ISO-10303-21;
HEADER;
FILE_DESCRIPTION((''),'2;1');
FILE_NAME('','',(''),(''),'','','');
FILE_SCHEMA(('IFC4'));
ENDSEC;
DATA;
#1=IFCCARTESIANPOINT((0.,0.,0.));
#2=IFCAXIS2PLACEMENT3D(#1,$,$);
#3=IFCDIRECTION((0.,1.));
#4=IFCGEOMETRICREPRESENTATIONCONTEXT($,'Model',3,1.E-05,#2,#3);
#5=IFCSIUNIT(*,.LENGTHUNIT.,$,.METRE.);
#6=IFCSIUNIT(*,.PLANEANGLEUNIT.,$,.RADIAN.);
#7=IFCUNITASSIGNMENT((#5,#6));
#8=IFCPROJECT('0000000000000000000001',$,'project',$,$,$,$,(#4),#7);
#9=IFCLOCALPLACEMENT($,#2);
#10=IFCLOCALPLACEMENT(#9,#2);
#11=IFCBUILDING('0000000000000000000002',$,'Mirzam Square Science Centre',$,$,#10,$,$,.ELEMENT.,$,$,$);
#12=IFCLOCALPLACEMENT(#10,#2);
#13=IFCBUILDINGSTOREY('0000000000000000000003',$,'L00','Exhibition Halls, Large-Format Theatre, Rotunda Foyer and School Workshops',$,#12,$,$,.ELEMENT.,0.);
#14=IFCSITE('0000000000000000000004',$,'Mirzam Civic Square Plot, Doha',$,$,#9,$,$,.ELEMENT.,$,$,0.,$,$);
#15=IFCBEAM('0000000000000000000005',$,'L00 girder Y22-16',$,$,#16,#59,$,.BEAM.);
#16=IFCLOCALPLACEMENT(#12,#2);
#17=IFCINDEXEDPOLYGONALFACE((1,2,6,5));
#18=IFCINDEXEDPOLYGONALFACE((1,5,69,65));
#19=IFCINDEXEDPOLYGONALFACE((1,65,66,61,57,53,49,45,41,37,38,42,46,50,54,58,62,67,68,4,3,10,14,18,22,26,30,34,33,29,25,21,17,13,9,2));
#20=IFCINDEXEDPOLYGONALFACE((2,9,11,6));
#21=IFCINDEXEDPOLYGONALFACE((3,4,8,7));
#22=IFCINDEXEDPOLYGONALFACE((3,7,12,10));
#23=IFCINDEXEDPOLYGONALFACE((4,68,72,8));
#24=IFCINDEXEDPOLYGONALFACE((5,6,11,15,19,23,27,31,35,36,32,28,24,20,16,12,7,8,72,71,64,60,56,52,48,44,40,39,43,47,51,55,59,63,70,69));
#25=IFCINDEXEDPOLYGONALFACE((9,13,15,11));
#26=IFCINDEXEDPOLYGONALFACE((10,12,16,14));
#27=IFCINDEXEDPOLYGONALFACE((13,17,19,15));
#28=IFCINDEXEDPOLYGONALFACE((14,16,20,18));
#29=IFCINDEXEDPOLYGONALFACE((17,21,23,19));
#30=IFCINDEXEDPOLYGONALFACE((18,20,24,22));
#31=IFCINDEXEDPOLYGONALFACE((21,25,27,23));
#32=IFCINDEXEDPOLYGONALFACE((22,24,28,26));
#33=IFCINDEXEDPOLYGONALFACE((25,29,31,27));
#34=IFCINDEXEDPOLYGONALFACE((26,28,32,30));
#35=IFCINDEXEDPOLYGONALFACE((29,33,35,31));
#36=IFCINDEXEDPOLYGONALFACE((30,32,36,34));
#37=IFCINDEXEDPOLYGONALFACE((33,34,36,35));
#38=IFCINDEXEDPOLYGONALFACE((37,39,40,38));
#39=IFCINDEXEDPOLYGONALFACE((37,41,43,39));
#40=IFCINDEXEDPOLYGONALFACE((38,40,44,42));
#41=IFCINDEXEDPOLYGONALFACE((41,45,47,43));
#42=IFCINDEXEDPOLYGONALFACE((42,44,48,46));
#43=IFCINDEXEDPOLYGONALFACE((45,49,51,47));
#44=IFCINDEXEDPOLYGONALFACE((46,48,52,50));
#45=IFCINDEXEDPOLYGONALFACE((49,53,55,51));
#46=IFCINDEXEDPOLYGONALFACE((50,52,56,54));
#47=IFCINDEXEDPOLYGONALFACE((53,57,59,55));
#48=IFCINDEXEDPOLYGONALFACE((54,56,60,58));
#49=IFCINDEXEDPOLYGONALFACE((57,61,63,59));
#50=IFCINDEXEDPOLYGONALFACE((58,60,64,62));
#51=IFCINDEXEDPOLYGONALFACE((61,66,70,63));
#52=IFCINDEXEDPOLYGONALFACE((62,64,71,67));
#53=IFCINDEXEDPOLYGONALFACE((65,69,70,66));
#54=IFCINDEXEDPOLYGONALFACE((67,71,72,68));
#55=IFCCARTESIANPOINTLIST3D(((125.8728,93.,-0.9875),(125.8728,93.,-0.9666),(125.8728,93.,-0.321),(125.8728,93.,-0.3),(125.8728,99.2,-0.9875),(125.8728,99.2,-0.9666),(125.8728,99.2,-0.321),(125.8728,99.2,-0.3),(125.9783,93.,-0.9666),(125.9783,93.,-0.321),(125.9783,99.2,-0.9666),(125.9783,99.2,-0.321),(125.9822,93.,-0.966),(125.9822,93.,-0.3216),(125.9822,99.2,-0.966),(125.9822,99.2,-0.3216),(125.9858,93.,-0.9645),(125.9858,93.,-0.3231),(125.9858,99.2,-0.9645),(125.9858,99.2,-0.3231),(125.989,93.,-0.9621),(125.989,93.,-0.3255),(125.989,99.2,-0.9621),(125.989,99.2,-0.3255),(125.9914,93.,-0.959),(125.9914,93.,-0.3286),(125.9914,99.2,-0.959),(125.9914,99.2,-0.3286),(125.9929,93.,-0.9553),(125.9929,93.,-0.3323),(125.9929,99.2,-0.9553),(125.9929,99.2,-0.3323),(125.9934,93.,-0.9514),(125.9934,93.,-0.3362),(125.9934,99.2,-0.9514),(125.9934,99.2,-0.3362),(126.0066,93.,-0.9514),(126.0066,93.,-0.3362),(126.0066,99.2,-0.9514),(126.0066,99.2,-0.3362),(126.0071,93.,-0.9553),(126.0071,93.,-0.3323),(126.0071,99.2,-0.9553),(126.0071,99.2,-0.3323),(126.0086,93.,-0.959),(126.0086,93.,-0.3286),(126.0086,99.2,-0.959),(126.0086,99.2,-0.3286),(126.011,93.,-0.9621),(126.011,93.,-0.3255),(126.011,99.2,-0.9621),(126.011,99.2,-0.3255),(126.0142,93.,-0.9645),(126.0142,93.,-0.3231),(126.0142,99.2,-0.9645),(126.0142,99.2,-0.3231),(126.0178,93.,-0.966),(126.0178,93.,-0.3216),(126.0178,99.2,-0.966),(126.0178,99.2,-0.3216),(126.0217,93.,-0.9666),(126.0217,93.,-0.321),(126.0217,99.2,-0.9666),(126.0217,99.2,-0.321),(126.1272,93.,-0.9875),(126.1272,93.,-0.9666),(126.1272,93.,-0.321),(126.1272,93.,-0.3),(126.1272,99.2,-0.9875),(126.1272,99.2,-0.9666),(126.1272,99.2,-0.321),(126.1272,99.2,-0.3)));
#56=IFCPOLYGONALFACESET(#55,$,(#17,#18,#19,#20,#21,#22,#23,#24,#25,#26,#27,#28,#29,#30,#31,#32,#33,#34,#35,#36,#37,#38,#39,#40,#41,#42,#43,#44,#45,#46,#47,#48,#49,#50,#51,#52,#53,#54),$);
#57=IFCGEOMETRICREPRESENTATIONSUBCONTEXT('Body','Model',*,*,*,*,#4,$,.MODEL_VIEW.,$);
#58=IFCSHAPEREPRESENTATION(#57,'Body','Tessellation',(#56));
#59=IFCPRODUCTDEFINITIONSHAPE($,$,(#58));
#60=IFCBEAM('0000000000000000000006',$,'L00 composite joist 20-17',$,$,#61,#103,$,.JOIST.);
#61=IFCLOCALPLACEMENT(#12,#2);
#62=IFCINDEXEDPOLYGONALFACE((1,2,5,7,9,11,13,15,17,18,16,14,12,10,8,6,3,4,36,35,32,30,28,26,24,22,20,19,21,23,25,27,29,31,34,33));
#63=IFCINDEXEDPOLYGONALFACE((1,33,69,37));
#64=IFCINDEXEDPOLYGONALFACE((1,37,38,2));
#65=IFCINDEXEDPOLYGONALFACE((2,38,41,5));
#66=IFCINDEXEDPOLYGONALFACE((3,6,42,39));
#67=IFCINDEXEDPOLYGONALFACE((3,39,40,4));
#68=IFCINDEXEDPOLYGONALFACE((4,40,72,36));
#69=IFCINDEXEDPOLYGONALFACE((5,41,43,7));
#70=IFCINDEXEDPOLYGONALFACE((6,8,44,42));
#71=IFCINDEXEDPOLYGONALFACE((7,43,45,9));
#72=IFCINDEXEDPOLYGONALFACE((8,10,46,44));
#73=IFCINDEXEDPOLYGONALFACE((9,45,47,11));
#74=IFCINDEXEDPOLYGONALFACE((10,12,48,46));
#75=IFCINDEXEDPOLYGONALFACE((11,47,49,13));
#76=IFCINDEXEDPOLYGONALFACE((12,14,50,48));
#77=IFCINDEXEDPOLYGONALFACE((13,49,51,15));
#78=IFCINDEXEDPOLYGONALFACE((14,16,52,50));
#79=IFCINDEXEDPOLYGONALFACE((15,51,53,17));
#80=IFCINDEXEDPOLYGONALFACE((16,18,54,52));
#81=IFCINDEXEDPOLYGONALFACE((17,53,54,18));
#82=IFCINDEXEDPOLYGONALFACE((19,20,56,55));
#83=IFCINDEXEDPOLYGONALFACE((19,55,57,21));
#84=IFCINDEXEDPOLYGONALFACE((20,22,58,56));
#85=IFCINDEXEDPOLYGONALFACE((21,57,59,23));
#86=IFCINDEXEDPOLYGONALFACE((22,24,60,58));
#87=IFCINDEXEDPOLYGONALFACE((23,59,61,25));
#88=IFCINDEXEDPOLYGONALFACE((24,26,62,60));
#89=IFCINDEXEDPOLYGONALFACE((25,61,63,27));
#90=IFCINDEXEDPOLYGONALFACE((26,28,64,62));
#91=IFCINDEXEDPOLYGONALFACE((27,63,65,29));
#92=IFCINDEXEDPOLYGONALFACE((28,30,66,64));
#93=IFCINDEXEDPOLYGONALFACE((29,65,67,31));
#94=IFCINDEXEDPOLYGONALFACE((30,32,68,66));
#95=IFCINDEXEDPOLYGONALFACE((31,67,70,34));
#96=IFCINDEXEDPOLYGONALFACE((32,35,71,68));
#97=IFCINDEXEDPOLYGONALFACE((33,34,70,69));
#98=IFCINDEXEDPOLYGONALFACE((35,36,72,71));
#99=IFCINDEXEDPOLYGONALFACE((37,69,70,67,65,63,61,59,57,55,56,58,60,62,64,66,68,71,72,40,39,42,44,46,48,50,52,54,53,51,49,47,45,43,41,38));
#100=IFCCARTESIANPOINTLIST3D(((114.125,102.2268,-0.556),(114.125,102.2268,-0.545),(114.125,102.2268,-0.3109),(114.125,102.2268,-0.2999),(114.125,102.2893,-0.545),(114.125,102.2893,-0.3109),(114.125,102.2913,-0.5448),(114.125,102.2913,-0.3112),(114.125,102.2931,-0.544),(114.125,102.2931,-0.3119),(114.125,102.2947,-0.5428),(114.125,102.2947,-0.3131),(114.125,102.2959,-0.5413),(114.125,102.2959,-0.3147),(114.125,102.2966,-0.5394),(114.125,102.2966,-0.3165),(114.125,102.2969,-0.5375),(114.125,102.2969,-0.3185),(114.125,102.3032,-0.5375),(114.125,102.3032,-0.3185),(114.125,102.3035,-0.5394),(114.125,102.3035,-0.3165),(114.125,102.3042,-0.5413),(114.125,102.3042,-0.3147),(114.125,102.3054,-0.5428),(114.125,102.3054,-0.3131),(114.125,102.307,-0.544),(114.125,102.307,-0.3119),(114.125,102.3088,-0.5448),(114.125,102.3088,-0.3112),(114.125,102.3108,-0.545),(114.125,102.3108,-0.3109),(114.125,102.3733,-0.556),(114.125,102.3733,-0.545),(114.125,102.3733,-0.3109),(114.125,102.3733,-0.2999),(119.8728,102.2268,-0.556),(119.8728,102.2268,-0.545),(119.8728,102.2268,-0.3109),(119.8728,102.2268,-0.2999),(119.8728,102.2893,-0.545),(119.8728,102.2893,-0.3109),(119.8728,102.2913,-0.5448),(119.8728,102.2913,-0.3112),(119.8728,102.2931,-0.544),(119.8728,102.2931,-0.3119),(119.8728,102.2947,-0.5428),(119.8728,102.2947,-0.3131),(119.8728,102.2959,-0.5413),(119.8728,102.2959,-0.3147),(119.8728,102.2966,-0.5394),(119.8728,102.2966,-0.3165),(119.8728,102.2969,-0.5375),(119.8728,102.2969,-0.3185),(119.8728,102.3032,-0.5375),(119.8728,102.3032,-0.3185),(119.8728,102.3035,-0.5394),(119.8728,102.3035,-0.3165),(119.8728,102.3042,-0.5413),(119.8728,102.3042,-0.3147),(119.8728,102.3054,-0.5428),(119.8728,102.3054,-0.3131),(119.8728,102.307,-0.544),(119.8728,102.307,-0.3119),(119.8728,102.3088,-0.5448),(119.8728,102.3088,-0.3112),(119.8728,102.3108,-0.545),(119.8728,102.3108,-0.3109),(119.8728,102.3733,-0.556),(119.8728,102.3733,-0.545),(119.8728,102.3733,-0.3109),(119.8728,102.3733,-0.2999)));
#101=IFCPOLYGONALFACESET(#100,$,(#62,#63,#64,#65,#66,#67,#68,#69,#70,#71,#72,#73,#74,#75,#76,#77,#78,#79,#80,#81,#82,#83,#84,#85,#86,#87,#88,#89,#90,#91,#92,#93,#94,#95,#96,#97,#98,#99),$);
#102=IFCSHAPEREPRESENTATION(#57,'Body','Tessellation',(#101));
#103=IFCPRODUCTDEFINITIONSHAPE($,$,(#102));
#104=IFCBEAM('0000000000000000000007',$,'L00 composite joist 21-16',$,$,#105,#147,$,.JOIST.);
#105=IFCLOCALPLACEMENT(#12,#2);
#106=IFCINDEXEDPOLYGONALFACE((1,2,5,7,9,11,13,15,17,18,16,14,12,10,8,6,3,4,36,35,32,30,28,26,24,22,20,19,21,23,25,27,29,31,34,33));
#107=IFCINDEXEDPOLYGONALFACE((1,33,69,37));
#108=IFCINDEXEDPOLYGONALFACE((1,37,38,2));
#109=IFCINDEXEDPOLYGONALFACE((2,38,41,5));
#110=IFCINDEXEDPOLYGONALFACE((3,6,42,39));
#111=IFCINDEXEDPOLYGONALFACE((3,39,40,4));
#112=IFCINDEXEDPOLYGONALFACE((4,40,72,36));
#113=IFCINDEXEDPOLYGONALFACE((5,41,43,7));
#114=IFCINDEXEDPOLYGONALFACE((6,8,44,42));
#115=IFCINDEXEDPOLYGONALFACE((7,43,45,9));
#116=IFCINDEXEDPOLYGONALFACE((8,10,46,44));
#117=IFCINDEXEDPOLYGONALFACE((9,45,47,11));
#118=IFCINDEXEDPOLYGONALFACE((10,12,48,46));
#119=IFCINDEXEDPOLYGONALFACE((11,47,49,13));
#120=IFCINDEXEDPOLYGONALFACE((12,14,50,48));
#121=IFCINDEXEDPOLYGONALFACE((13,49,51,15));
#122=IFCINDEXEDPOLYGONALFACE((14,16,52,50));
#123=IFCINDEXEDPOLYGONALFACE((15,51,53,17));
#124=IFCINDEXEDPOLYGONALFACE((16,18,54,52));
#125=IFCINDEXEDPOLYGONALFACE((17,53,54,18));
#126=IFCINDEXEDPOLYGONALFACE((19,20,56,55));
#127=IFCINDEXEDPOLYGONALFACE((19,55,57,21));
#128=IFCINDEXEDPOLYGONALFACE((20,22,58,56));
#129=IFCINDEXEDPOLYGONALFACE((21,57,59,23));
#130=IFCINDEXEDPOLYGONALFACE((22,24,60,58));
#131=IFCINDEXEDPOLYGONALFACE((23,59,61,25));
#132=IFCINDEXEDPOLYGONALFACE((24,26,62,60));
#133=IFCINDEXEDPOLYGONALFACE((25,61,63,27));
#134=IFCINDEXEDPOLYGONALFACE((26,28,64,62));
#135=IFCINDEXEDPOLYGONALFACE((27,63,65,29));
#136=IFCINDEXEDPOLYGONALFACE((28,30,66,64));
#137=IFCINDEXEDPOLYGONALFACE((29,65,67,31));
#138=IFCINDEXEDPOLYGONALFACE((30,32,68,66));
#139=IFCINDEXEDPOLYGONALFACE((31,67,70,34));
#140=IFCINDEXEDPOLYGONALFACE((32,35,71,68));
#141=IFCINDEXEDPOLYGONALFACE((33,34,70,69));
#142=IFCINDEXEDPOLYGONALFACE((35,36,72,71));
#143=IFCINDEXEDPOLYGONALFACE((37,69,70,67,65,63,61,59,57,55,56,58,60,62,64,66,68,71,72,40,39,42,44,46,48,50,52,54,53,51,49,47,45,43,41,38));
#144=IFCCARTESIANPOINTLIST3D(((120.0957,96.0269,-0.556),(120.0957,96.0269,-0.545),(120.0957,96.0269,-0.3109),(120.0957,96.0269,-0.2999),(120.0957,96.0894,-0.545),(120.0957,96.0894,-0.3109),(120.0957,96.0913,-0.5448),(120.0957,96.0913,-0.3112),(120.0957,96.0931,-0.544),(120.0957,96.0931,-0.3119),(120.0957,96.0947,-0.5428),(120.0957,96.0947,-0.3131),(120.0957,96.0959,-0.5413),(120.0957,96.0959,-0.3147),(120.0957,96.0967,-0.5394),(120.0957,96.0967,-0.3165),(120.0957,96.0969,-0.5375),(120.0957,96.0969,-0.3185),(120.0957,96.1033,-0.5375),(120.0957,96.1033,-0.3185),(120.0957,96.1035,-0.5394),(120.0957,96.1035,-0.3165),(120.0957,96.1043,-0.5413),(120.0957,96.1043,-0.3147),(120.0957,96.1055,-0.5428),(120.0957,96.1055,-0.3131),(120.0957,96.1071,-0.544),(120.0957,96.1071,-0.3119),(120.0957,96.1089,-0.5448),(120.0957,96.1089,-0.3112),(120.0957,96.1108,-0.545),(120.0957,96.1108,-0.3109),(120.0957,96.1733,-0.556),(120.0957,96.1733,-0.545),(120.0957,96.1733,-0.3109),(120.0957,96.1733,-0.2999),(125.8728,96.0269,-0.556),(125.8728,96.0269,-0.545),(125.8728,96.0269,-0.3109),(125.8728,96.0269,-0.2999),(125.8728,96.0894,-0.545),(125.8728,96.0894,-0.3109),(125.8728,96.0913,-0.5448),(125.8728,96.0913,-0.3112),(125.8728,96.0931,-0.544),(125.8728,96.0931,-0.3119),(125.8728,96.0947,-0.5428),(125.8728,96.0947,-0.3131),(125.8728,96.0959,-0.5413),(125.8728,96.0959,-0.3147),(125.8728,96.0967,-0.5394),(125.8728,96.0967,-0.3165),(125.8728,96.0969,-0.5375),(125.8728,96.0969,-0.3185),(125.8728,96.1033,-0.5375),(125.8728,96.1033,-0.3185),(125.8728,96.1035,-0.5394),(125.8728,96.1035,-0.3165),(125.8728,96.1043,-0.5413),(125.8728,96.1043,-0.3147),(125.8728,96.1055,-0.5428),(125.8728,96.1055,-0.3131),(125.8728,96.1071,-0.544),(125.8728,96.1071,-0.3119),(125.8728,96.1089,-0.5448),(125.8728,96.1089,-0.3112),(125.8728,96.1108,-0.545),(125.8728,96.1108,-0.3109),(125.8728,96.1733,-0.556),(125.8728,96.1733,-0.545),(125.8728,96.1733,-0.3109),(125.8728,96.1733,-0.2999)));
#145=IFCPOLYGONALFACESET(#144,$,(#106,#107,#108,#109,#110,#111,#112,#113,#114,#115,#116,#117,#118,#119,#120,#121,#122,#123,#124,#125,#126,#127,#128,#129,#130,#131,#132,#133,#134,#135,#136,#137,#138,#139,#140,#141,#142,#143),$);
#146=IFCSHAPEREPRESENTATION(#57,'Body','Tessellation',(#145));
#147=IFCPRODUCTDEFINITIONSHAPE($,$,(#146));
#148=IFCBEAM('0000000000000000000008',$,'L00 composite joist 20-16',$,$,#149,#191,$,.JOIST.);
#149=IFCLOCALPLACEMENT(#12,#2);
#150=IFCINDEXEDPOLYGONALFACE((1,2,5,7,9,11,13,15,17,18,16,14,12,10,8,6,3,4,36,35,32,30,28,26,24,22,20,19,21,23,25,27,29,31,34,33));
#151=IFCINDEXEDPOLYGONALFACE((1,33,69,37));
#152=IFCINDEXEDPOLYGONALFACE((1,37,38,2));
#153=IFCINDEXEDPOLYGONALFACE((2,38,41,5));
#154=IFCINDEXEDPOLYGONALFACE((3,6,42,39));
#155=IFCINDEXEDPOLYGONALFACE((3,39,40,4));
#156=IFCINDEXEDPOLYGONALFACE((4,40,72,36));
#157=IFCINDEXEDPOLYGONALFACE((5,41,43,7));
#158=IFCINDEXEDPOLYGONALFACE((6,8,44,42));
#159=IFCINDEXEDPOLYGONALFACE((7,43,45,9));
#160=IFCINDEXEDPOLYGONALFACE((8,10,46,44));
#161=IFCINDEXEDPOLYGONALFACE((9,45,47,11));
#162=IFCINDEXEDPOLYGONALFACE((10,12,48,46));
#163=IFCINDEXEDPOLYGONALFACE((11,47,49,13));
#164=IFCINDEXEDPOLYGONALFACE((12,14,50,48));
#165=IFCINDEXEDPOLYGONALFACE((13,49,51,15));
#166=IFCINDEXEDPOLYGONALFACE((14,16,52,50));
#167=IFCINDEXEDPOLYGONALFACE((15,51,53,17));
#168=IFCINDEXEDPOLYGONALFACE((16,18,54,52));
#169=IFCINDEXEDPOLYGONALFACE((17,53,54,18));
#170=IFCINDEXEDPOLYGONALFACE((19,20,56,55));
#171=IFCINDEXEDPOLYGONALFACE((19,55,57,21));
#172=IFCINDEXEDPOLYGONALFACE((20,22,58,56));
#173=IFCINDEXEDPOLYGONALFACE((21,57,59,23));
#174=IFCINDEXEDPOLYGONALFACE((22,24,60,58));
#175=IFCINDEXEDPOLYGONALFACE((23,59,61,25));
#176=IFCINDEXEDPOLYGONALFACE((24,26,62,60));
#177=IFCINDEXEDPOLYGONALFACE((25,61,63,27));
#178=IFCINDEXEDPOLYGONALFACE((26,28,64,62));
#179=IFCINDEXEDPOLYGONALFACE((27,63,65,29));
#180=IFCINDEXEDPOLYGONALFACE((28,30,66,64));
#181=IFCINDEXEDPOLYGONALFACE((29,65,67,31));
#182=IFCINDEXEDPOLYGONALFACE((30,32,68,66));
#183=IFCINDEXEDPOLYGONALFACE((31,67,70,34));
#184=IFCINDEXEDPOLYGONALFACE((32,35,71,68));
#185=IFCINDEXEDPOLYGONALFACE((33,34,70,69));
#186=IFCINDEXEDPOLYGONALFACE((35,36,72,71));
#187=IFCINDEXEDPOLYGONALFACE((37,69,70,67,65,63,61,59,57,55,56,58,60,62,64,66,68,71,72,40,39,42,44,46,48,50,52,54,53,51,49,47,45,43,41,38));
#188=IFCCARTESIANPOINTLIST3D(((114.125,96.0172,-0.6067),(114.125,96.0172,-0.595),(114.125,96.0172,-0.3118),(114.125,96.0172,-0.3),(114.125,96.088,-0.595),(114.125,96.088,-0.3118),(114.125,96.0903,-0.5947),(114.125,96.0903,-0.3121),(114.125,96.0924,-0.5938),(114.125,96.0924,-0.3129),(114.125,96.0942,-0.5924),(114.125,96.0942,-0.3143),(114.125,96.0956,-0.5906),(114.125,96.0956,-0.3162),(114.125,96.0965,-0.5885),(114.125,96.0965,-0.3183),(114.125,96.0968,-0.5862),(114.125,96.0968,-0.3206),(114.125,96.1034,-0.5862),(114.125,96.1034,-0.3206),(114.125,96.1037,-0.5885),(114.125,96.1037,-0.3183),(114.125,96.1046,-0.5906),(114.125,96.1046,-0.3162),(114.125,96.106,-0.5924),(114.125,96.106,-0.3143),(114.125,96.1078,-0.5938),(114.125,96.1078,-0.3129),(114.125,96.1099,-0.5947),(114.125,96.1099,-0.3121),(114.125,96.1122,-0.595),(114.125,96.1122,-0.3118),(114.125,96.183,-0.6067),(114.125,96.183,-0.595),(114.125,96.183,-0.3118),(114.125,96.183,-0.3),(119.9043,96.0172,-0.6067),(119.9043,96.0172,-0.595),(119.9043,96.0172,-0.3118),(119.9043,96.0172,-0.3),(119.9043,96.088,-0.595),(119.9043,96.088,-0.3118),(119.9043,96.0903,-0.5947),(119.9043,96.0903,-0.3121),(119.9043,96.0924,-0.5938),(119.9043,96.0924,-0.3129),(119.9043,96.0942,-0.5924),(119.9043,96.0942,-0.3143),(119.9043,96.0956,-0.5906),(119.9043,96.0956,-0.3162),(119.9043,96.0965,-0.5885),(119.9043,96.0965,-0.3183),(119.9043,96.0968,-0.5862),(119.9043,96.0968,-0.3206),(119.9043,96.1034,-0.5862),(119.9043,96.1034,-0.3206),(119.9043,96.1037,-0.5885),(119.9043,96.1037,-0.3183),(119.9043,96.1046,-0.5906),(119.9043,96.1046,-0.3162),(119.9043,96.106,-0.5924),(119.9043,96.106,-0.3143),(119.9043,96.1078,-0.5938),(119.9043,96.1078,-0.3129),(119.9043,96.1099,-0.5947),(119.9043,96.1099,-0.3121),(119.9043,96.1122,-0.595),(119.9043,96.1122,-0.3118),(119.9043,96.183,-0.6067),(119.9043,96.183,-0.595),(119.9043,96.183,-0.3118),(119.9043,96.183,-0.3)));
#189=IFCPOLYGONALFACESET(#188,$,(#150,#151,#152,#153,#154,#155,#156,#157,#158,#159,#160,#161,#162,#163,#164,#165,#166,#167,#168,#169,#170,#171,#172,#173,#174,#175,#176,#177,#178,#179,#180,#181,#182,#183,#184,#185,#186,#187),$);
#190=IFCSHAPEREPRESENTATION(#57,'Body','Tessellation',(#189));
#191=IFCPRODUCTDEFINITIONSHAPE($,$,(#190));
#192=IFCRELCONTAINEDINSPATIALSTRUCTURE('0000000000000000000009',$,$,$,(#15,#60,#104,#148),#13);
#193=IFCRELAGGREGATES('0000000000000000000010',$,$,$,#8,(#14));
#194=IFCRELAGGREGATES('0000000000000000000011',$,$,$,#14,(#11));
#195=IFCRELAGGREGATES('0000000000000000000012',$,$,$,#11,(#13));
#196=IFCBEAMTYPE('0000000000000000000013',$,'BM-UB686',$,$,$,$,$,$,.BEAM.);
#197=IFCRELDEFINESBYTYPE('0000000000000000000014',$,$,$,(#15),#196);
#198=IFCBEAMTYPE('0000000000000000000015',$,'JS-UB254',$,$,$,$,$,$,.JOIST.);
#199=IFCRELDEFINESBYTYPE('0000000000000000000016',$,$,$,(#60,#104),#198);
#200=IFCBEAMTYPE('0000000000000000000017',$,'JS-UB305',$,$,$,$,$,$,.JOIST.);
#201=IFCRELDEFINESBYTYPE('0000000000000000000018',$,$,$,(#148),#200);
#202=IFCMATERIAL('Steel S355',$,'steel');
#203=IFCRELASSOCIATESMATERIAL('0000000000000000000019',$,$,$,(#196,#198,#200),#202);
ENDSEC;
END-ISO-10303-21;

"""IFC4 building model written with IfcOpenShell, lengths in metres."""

from ifc_helpers import new_model, si_unit, direction, frame, origin, origin_2d, place, context, subcontext, project, spatial, i_section, extrude, material, material_profile, profile_set, type_object, element, save


model = new_model("IFC4")

# Units and contexts
model_context = context("Model", 3, precision=1e-05, world=origin(), true_north=direction((0.0, 1.0)))
body_context = subcontext(model_context, "Body", "Model", "MODEL_VIEW")
ifc_project = project(units=[si_unit("LENGTHUNIT", "METRE"), si_unit("PLANEANGLEUNIT", "RADIAN")], contexts=[model_context])

# Site, building, storey
site_placement = place(None, origin())
site = spatial("IfcSite", under=ifc_project, at=site_placement, Name="Mirzam Civic Square Plot, Doha", CompositionType="ELEMENT", RefElevation=0.0)
building_placement = place(site_placement, origin())
building = spatial("IfcBuilding", under=site, at=building_placement, Name="Mirzam Square Science Centre", CompositionType="ELEMENT")
storey_placement = place(building_placement, origin())
storey = spatial("IfcBuildingStorey", under=building, at=storey_placement, Name="L00", Description="Exhibition Halls, Large-Format Theatre, Rotunda Foyer and School Workshops", CompositionType="ELEMENT", Elevation=0.0)

# Shared definitions
ifc_material_1 = material(Name="Steel S355", Category="steel")

# Beams
ifc_material_profile_1 = material_profile(ifc_material_1, i_section(OverallWidth=0.2544, OverallDepth=0.6875, WebThickness=0.0132, FlangeThickness=0.021, FilletRadius=0.0151, at=origin_2d()), Name="686x254x152UB")
ifc_profile_set_1 = profile_set([ifc_material_profile_1], Name="Steel S355")
beam_type_1 = type_object("IfcBeamType", Name="BM-UB686", PredefinedType="BEAM", material=ifc_profile_set_1)
for number, where, z_axis, x_axis, name in (
    (1, (126.0, 93.0, -0.6438), (0.0, 1.0, 0.0), (-1.0, 0.0, 0.0), "L00 girder Y22-16"),
):
    element("IfcBeam", number, at=place(storey_placement, frame(where, z_axis=z_axis, x_axis=x_axis)), inside=storey, type_object=beam_type_1, Name=name, PredefinedType="BEAM", context=body_context, shape_type="SweptSolid", body=[
        extrude(i_section(OverallWidth=0.2544, OverallDepth=0.6875, WebThickness=0.0132, FlangeThickness=0.021, FilletRadius=0.0151, at=origin_2d()), origin(), (0.0, 0.0, 1.0), 6.2),
    ])
ifc_material_profile_2 = material_profile(ifc_material_1, i_section(OverallWidth=0.1465, OverallDepth=0.2561, WebThickness=0.0063, FlangeThickness=0.011, FilletRadius=0.0076, at=origin_2d()), Name="254x146x37UB")
ifc_profile_set_2 = profile_set([ifc_material_profile_2], Name="Steel S355")
beam_type_2 = type_object("IfcBeamType", Name="JS-UB254", PredefinedType="JOIST", material=ifc_profile_set_2)
beam_1_placement = place(storey_placement, frame((114.125, 102.3, -0.428), z_axis=(1.0, 0.0, 0.0), x_axis=(0.0, 1.0, 0.0)))
element("IfcBeam", 2, at=beam_1_placement, inside=storey, type_object=beam_type_2, Name="L00 composite joist 20-17", PredefinedType="JOIST", context=body_context, shape_type="SweptSolid", body=[
    extrude(i_section(OverallWidth=0.1465, OverallDepth=0.2561, WebThickness=0.0063, FlangeThickness=0.011, FilletRadius=0.0076, at=origin_2d()), origin(), (0.0, 0.0, 1.0), 5.7478),
])
beam_2_placement = place(storey_placement, frame((120.0957, 96.1001, -0.428), z_axis=(1.0, 0.0, 0.0), x_axis=(0.0, 1.0, 0.0)))
element("IfcBeam", 3, at=beam_2_placement, inside=storey, type_object=beam_type_2, Name="L00 composite joist 21-16", PredefinedType="JOIST", context=body_context, shape_type="SweptSolid", body=[
    extrude(i_section(OverallWidth=0.1465, OverallDepth=0.2561, WebThickness=0.0063, FlangeThickness=0.011, FilletRadius=0.0076, at=origin_2d()), origin(), (0.0, 0.0, 1.0), 5.7771),
])
ifc_material_profile_3 = material_profile(ifc_material_1, i_section(OverallWidth=0.1658, OverallDepth=0.3066, WebThickness=0.0066, FlangeThickness=0.0117, FilletRadius=0.0088, at=origin_2d()), Name="305x165x46UB")
ifc_profile_set_3 = profile_set([ifc_material_profile_3], Name="Steel S355")
beam_type_3 = type_object("IfcBeamType", Name="JS-UB305", PredefinedType="JOIST", material=ifc_profile_set_3)
beam_3_placement = place(storey_placement, frame((114.125, 96.1001, -0.4534), z_axis=(1.0, 0.0, 0.0), x_axis=(0.0, 1.0, 0.0)))
element("IfcBeam", 4, at=beam_3_placement, inside=storey, type_object=beam_type_3, Name="L00 composite joist 20-16", PredefinedType="JOIST", context=body_context, shape_type="SweptSolid", body=[
    extrude(i_section(OverallWidth=0.1658, OverallDepth=0.3066, WebThickness=0.0066, FlangeThickness=0.0117, FilletRadius=0.0088, at=origin_2d()), origin(), (0.0, 0.0, 1.0), 5.7793),
])

save(model, "model.ifc")
